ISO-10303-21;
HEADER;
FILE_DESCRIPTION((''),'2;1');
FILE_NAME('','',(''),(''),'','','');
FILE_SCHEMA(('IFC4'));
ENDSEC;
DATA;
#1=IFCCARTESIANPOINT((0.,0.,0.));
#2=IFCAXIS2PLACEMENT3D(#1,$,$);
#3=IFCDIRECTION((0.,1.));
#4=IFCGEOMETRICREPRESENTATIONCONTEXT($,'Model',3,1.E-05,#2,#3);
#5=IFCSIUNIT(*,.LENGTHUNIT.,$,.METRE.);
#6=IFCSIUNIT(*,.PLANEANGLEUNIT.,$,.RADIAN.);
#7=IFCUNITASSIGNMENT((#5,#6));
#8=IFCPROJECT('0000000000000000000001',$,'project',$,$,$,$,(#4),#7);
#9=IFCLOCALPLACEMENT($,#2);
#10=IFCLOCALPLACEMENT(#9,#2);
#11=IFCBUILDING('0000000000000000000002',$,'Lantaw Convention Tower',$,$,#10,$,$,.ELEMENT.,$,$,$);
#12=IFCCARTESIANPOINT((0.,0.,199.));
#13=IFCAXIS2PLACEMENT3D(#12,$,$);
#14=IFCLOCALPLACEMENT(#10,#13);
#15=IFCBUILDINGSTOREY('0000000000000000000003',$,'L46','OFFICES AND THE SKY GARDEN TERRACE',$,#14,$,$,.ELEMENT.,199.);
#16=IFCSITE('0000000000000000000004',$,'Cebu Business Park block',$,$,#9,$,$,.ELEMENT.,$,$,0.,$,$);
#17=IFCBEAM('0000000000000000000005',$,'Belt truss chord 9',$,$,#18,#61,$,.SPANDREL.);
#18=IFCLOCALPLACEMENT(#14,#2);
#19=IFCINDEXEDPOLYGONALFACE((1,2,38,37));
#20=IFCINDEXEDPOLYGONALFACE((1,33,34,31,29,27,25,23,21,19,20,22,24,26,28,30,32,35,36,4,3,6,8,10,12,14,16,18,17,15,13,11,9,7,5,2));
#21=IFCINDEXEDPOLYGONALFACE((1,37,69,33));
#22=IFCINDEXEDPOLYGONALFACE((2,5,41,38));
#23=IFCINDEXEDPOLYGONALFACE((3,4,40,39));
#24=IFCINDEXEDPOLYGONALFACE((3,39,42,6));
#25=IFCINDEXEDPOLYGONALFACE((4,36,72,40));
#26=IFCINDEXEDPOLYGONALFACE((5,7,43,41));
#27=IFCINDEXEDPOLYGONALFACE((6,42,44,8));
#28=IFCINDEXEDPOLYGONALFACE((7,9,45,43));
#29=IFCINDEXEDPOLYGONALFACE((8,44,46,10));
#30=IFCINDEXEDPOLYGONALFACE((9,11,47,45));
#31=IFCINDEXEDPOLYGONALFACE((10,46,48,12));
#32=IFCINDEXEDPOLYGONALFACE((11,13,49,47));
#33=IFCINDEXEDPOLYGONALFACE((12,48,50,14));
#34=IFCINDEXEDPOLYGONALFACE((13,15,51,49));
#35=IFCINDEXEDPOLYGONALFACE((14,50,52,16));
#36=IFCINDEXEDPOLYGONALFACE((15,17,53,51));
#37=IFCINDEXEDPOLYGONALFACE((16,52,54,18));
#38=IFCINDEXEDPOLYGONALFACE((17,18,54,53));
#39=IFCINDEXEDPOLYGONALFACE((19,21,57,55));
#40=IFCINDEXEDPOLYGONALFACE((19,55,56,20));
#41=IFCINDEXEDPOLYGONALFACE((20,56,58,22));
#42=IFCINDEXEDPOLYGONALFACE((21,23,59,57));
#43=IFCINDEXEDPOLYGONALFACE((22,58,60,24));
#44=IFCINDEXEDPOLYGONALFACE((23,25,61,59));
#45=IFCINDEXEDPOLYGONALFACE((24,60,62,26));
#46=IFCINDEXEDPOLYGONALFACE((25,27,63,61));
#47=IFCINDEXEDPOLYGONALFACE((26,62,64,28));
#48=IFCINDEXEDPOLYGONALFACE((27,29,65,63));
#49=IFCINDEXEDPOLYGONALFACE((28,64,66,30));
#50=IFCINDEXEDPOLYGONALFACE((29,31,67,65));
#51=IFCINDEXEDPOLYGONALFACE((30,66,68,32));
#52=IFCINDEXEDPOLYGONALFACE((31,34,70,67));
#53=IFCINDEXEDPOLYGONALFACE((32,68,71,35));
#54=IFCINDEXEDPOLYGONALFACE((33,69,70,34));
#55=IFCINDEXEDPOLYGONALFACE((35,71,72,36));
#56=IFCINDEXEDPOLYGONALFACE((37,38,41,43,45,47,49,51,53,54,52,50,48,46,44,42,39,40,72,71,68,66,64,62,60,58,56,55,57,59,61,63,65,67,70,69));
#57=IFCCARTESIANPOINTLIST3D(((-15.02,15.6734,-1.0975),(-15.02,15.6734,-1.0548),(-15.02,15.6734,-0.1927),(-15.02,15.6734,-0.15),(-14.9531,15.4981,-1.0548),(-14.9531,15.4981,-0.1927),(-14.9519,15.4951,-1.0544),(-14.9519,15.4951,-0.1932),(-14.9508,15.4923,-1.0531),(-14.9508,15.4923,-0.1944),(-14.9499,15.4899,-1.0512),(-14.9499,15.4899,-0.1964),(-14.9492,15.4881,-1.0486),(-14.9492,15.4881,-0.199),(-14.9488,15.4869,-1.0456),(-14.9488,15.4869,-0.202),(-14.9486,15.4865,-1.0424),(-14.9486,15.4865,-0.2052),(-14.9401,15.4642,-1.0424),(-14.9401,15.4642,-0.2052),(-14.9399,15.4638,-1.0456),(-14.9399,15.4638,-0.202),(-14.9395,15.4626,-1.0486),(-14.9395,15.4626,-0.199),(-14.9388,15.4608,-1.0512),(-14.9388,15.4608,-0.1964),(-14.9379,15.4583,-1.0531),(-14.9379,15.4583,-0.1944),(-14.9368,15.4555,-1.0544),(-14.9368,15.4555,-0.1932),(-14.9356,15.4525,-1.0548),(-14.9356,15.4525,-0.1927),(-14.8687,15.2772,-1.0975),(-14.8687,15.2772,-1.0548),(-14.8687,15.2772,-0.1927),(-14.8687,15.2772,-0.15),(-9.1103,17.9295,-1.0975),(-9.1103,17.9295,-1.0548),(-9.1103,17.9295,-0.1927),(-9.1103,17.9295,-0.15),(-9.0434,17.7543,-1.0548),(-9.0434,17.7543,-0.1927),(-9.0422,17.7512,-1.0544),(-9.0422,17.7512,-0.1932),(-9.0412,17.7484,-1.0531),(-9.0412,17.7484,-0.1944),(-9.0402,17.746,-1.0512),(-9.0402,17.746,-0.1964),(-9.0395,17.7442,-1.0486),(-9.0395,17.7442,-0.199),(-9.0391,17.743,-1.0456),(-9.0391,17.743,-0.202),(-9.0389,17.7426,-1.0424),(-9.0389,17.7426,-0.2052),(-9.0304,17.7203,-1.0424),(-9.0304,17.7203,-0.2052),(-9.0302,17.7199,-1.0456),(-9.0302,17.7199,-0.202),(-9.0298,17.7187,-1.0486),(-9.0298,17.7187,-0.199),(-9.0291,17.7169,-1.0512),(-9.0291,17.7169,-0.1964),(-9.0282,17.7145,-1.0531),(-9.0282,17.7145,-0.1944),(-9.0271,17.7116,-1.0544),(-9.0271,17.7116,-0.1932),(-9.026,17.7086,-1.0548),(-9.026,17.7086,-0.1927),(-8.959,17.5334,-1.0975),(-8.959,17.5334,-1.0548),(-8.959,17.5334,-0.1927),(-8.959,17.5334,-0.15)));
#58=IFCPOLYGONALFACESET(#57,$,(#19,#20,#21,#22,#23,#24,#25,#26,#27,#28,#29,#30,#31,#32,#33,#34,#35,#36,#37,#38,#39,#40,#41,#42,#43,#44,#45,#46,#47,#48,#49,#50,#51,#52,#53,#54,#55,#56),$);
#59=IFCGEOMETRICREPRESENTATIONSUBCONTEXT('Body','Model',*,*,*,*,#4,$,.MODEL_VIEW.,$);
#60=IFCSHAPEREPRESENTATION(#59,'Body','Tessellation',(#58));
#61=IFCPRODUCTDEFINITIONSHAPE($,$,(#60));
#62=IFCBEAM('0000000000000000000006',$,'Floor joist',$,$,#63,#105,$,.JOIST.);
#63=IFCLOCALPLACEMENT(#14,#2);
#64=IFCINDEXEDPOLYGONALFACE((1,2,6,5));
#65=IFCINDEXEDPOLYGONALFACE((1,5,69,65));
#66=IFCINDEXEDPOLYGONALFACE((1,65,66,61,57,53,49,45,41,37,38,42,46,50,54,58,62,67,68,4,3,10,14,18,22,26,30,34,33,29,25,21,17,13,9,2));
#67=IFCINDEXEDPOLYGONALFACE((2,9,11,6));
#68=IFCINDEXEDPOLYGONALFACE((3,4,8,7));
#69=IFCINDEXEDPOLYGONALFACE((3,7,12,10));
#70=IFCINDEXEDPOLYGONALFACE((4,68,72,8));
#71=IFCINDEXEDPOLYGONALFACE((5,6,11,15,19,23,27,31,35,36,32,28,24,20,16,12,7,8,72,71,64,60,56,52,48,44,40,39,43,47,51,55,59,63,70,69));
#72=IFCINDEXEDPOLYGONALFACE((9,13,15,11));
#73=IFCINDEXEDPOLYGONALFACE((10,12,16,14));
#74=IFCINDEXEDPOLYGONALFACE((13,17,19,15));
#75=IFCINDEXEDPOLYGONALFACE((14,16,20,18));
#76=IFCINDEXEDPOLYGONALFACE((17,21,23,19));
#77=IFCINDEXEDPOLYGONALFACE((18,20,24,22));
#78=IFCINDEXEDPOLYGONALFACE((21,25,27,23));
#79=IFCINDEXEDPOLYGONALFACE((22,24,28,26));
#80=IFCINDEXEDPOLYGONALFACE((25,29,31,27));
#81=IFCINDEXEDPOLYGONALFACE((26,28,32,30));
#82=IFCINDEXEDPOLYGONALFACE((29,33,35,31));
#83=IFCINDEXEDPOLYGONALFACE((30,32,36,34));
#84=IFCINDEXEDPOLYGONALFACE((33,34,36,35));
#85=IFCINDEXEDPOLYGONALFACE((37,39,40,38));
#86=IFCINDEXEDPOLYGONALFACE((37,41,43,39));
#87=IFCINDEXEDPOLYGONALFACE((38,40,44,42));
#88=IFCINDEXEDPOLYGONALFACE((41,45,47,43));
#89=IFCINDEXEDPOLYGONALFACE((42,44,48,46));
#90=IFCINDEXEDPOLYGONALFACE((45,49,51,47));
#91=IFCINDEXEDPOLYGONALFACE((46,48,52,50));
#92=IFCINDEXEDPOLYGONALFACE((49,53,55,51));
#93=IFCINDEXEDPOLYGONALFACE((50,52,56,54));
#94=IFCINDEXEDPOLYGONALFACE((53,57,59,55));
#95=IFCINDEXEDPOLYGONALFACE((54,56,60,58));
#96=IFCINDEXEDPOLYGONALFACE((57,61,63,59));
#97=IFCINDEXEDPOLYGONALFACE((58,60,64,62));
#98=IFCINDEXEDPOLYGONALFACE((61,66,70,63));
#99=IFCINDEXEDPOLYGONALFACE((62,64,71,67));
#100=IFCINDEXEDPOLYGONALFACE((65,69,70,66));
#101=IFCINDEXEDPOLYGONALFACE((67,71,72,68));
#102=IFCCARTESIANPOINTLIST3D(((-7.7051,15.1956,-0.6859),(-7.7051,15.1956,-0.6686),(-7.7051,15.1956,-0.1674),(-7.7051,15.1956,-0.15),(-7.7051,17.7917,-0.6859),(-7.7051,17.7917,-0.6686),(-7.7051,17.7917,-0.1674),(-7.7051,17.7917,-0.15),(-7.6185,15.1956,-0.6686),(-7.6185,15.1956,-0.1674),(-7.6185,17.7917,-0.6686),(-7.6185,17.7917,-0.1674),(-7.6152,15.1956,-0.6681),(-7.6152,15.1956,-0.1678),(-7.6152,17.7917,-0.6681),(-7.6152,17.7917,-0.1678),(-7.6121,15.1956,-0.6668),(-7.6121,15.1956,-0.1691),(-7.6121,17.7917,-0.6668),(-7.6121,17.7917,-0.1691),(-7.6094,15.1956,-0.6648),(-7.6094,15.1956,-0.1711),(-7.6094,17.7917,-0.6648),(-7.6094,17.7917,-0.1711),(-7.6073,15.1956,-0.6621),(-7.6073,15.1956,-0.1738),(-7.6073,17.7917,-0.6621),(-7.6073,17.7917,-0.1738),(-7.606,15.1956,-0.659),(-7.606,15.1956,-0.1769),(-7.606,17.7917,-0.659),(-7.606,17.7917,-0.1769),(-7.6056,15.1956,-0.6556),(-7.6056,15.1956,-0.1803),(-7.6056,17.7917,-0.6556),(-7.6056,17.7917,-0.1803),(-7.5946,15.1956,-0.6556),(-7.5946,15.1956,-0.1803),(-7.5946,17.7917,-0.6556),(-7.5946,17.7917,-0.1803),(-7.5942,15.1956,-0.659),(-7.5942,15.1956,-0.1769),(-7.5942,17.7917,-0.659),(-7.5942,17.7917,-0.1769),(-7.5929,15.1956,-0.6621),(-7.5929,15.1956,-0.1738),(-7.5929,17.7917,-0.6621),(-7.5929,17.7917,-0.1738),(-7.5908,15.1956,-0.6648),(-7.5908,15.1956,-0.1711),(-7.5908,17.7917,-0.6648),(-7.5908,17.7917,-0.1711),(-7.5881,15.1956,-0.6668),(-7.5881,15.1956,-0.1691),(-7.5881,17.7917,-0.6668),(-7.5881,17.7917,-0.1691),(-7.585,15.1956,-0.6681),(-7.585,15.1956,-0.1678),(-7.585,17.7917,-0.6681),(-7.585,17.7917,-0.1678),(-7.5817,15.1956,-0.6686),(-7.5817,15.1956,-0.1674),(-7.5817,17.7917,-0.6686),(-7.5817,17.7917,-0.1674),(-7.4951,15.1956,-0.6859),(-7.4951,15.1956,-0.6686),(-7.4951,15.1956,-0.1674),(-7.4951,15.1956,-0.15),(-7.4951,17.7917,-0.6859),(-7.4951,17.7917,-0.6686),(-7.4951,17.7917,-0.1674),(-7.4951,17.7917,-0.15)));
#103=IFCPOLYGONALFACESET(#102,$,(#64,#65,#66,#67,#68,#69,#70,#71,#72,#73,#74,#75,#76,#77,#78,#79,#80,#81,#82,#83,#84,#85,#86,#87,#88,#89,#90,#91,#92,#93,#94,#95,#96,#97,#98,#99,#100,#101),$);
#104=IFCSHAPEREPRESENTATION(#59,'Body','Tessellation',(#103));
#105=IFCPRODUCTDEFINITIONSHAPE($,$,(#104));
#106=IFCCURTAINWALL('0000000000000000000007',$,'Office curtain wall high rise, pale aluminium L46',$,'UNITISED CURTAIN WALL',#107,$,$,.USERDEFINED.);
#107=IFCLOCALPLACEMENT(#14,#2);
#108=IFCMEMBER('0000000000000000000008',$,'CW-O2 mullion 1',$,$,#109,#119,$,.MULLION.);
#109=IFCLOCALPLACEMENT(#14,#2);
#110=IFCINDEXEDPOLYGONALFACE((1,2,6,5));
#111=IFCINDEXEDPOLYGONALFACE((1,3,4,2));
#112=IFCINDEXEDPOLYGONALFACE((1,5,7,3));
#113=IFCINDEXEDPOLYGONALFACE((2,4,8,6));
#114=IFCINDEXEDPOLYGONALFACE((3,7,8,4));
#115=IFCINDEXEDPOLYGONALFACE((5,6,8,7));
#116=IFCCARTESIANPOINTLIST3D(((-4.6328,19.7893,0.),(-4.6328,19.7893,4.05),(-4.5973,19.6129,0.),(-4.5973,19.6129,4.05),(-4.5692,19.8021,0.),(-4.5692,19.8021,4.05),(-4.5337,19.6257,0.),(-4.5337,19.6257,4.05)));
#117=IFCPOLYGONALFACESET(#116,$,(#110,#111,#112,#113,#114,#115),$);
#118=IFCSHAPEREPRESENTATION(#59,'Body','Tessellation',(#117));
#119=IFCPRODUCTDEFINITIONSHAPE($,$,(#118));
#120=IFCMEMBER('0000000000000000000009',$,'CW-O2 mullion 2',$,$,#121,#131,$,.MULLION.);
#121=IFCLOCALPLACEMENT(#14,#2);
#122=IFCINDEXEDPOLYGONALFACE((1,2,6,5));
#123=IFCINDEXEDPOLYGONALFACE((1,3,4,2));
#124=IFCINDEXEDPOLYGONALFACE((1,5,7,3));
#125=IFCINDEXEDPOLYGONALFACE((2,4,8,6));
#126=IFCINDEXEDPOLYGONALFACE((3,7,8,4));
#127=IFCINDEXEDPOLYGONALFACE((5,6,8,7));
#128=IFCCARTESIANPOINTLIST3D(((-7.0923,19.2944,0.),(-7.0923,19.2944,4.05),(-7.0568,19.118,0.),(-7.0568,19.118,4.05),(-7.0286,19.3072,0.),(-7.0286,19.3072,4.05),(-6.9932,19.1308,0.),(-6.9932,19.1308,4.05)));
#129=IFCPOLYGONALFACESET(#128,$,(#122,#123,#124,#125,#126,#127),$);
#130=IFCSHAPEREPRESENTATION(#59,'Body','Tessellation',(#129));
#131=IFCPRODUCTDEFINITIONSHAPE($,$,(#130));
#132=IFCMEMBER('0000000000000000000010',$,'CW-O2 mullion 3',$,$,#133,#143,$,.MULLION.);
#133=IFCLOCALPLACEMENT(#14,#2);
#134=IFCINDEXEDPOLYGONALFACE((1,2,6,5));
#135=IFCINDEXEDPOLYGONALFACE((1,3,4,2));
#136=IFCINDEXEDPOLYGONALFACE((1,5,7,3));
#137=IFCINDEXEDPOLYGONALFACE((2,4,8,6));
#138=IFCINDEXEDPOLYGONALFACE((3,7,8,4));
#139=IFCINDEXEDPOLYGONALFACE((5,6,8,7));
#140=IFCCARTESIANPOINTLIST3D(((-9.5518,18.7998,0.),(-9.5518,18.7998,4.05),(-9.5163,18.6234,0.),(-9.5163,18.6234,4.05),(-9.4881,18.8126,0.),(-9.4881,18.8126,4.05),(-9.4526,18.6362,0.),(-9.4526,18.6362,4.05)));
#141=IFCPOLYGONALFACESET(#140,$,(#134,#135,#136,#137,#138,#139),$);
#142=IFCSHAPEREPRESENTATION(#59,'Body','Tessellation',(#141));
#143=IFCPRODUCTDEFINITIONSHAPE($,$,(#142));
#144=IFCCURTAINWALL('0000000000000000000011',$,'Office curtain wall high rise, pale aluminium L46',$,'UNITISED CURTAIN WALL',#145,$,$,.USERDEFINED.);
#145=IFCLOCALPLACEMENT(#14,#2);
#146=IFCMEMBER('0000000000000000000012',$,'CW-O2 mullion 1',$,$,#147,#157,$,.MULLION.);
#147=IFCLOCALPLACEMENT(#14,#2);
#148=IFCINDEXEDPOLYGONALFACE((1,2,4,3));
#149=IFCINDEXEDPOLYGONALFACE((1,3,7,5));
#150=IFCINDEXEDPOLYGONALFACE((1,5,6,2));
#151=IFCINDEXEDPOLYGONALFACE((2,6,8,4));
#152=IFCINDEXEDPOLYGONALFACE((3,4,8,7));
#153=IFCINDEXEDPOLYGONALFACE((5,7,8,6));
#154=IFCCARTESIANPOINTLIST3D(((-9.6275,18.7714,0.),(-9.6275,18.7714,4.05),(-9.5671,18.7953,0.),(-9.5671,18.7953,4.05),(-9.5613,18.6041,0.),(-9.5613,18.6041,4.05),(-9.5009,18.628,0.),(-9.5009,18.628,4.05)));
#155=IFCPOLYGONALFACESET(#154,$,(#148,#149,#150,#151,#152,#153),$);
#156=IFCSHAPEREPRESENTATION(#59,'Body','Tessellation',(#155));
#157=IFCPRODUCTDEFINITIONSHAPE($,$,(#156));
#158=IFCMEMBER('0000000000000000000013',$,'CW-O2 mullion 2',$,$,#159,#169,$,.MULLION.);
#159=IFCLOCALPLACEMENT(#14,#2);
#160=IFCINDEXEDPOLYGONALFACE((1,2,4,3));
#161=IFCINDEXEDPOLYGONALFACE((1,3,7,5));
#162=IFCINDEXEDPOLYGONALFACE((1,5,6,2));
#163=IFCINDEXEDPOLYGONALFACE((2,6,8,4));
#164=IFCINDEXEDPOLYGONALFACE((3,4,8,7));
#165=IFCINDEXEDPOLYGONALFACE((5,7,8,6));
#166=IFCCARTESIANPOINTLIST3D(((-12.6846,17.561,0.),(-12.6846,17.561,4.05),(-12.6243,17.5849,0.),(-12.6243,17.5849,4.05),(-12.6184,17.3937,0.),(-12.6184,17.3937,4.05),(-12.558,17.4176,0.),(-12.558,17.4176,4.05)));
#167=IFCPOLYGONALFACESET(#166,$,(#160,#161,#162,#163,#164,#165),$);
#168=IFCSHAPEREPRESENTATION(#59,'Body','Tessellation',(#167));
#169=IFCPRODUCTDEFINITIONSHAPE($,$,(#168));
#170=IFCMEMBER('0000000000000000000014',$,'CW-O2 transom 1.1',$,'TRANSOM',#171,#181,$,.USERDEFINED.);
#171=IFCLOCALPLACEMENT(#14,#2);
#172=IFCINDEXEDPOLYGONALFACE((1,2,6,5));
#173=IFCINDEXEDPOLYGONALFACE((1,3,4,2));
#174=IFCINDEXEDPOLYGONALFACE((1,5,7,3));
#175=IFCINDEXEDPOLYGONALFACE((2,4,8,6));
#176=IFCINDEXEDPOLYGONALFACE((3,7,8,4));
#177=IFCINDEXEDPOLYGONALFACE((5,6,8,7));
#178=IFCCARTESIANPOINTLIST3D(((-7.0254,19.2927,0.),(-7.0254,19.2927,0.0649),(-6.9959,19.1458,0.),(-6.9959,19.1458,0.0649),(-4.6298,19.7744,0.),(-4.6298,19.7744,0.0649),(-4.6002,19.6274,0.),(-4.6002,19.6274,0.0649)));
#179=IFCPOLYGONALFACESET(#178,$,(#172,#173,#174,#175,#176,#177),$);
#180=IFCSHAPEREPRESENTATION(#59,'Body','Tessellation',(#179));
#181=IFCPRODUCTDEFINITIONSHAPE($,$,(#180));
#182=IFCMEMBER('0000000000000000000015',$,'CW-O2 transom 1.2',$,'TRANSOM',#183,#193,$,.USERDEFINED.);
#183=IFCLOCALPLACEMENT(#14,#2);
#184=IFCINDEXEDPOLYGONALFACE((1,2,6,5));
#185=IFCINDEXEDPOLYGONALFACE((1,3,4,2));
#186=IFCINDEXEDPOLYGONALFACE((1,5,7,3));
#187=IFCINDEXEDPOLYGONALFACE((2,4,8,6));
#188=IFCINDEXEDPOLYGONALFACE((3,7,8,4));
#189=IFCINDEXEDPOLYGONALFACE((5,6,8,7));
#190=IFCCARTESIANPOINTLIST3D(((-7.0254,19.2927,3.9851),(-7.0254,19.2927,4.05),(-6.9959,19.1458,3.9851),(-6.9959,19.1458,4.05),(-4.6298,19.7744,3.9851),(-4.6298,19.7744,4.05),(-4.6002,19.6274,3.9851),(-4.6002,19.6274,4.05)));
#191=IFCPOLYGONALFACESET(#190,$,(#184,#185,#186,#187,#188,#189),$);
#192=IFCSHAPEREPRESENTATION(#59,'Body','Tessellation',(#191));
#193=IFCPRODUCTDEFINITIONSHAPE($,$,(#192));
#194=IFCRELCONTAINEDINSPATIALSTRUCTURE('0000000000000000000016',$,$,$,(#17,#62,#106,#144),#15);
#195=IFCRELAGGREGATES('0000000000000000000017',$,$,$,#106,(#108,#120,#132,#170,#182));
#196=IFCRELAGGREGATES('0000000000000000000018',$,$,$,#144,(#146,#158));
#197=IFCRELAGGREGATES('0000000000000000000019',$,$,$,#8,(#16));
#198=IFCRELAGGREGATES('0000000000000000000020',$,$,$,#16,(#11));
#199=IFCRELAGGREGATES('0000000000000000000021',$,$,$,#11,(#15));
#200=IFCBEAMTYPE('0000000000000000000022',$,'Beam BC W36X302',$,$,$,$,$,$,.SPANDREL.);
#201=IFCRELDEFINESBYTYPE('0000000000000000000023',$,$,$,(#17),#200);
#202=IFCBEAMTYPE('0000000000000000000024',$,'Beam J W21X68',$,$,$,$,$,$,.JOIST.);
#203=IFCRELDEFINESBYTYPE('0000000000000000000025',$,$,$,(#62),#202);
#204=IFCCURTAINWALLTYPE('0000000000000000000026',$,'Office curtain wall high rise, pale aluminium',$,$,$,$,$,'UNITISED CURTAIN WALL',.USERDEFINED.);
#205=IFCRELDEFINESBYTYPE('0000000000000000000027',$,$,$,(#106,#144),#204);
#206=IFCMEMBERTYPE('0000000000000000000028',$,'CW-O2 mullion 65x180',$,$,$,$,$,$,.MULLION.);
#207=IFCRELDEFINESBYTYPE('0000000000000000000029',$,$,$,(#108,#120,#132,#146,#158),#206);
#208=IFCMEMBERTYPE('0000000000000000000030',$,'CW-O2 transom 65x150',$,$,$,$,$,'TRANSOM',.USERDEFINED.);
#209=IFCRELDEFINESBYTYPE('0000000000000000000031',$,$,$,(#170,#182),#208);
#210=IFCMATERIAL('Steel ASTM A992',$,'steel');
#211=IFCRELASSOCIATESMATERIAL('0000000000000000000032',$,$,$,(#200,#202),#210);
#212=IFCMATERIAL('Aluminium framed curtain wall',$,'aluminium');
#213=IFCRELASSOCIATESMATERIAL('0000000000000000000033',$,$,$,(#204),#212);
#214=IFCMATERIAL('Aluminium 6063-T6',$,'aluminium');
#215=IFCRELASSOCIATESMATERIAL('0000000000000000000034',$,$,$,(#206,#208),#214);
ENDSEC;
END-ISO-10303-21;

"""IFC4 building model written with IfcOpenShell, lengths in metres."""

from ifc_helpers import new_model, si_unit, direction, frame, origin, origin_2d, place, context, subcontext, project, spatial, rectangle, i_section, extrude, material, material_profile, profile_set, type_object, element, aggregate, save


model = new_model("IFC4")

# Units and contexts
model_context = context("Model", 3, precision=1e-05, world=origin(), true_north=direction((0.0, 1.0)))
body_context = subcontext(model_context, "Body", "Model", "MODEL_VIEW")
ifc_project = project(units=[si_unit("LENGTHUNIT", "METRE"), si_unit("PLANEANGLEUNIT", "RADIAN")], contexts=[model_context])

# Site, building, storey
site_placement = place(None, origin())
site = spatial("IfcSite", under=ifc_project, at=site_placement, Name="Cebu Business Park block", CompositionType="ELEMENT", RefElevation=0.0)
building_placement = place(site_placement, origin())
building = spatial("IfcBuilding", under=site, at=building_placement, Name="Lantaw Convention Tower", CompositionType="ELEMENT")
storey_placement = place(building_placement, frame((0.0, 0.0, 199.0)))
storey = spatial("IfcBuildingStorey", under=building, at=storey_placement, Name="L46", Description="OFFICES AND THE SKY GARDEN TERRACE", CompositionType="ELEMENT", Elevation=199.0)

# Beams
ifc_material_1 = material(Name="Steel ASTM A992", Category="steel")
ifc_material_profile_1 = material_profile(ifc_material_1, i_section(OverallWidth=0.4241, OverallDepth=0.9475, WebThickness=0.0239, FlangeThickness=0.0427, FilletRadius=0.0125, at=origin_2d()), Name="W36X302")
ifc_profile_set_1 = profile_set([ifc_material_profile_1], Name="Steel ASTM A992")
beam_type_1 = type_object("IfcBeamType", Name="Beam BC W36X302", PredefinedType="SPANDREL", material=ifc_profile_set_1)
beam_1_placement = place(storey_placement, frame((-9.0347, 17.7314, -0.6238), z_axis=(-0.934235, -0.356658, 0.0), x_axis=(0.356658, -0.934235, 0.0)))
element("IfcBeam", 1, at=beam_1_placement, inside=storey, type_object=beam_type_1, Name="Belt truss chord 9", PredefinedType="SPANDREL", context=body_context, shape_type="SweptSolid", body=[
    extrude(i_section(OverallWidth=0.4241, OverallDepth=0.9475, WebThickness=0.0239, FlangeThickness=0.0427, FilletRadius=0.0125, at=origin_2d()), origin(), (0.0, 0.0, 1.0), 6.3257),
])
ifc_material_profile_2 = material_profile(ifc_material_1, i_section(OverallWidth=0.21, OverallDepth=0.5359, WebThickness=0.011, FlangeThickness=0.0173, FilletRadius=0.0129, at=origin_2d()), Name="W21X68")
ifc_profile_set_2 = profile_set([ifc_material_profile_2], Name="Steel ASTM A992")
beam_type_2 = type_object("IfcBeamType", Name="Beam J W21X68", PredefinedType="JOIST", material=ifc_profile_set_2)
beam_2_placement = place(storey_placement, frame((-7.6001, 15.1956, -0.418), z_axis=(0.0, 1.0, 0.0), x_axis=(-1.0, 0.0, 0.0)))
element("IfcBeam", 2, at=beam_2_placement, inside=storey, type_object=beam_type_2, Name="Floor joist", PredefinedType="JOIST", context=body_context, shape_type="SweptSolid", body=[
    extrude(i_section(OverallWidth=0.21, OverallDepth=0.5359, WebThickness=0.011, FlangeThickness=0.0173, FilletRadius=0.0129, at=origin_2d()), origin(), (0.0, 0.0, 1.0), 2.5962),
])

# Curtain walls, members
ifc_material_2 = material(Name="Aluminium framed curtain wall", Category="aluminium")
curtain_wall_type = type_object("IfcCurtainWallType", Name="Office curtain wall high rise, pale aluminium", ElementType="UNITISED CURTAIN WALL", PredefinedType="USERDEFINED", material=ifc_material_2)
curtain_wall_1_placement = place(storey_placement, origin())
curtain_wall_1 = element("IfcCurtainWall", 3, at=curtain_wall_1_placement, inside=storey, type_object=curtain_wall_type, Name="Office curtain wall high rise, pale aluminium L46", ObjectType="UNITISED CURTAIN WALL", PredefinedType="USERDEFINED")
ifc_material_3 = material(Name="Aluminium 6063-T6", Category="aluminium")
ifc_material_profile_3 = material_profile(ifc_material_3, rectangle(XDim=0.1799, YDim=0.0649, at=origin_2d()), Name="CW-O2 mullion 65x180")
ifc_profile_set_3 = profile_set([ifc_material_profile_3], Name="Aluminium 6063-T6")
member_type_1 = type_object("IfcMemberType", Name="CW-O2 mullion 65x180", PredefinedType="MULLION", material=ifc_profile_set_3)
member_1_placement = place(storey_placement, frame((-4.5833, 19.7075, 0.0), z_axis=(0.0, 0.0, 1.0), x_axis=(0.197183, -0.980367, 0.0)))
member_1 = element("IfcMember", 4, at=member_1_placement, type_object=member_type_1, Name="CW-O2 mullion 1", PredefinedType="MULLION", context=body_context, shape_type="SweptSolid", body=[
    extrude(rectangle(XDim=0.1799, YDim=0.0649, at=origin_2d()), origin(), (0.0, 0.0, 1.0), 4.05),
])
member_2_placement = place(storey_placement, frame((-7.0427, 19.2126, 0.0), z_axis=(0.0, 0.0, 1.0), x_axis=(0.197183, -0.980367, 0.0)))
member_2 = element("IfcMember", 5, at=member_2_placement, type_object=member_type_1, Name="CW-O2 mullion 2", PredefinedType="MULLION", context=body_context, shape_type="SweptSolid", body=[
    extrude(rectangle(XDim=0.1799, YDim=0.0649, at=origin_2d()), origin(), (0.0, 0.0, 1.0), 4.05),
])
member_3_placement = place(storey_placement, frame((-9.5022, 18.718, 0.0), z_axis=(0.0, 0.0, 1.0), x_axis=(0.197183, -0.980367, 0.0)))
member_3 = element("IfcMember", 6, at=member_3_placement, type_object=member_type_1, Name="CW-O2 mullion 3", PredefinedType="MULLION", context=body_context, shape_type="SweptSolid", body=[
    extrude(rectangle(XDim=0.1799, YDim=0.0649, at=origin_2d()), origin(), (0.0, 0.0, 1.0), 4.05),
])
curtain_wall_2_placement = place(storey_placement, origin())
curtain_wall_2 = element("IfcCurtainWall", 7, at=curtain_wall_2_placement, inside=storey, type_object=curtain_wall_type, Name="Office curtain wall high rise, pale aluminium L46", ObjectType="UNITISED CURTAIN WALL", PredefinedType="USERDEFINED")
member_4_placement = place(storey_placement, frame((-9.5642, 18.6997, 0.0), z_axis=(0.0, 0.0, 1.0), x_axis=(0.368162, -0.929762, 0.0)))
member_4 = element("IfcMember", 8, at=member_4_placement, type_object=member_type_1, Name="CW-O2 mullion 1", PredefinedType="MULLION", context=body_context, shape_type="SweptSolid", body=[
    extrude(rectangle(XDim=0.1799, YDim=0.0649, at=origin_2d()), origin(), (0.0, 0.0, 1.0), 4.05),
])
member_5_placement = place(storey_placement, frame((-12.6213, 17.4893, 0.0), z_axis=(0.0, 0.0, 1.0), x_axis=(0.368162, -0.929762, 0.0)))
member_5 = element("IfcMember", 9, at=member_5_placement, type_object=member_type_1, Name="CW-O2 mullion 2", PredefinedType="MULLION", context=body_context, shape_type="SweptSolid", body=[
    extrude(rectangle(XDim=0.1799, YDim=0.0649, at=origin_2d()), origin(), (0.0, 0.0, 1.0), 4.05),
])

# Members
ifc_material_profile_4 = material_profile(ifc_material_3, rectangle(XDim=0.1499, YDim=0.0649, at=origin_2d()), Name="CW-O2 transom 65x150")
ifc_profile_set_4 = profile_set([ifc_material_profile_4], Name="Aluminium 6063-T6")
member_type_2 = type_object("IfcMemberType", Name="CW-O2 transom 65x150", ElementType="TRANSOM", PredefinedType="USERDEFINED", material=ifc_profile_set_4)
member_6_placement = place(storey_placement, frame((-4.615, 19.7009, 0.0325), z_axis=(-0.98038, -0.197115, 0.0), x_axis=(0.197115, -0.98038, 0.0)))
member_6 = element("IfcMember", 10, at=member_6_placement, type_object=member_type_2, Name="CW-O2 transom 1.1", ObjectType="TRANSOM", PredefinedType="USERDEFINED", context=body_context, shape_type="SweptSolid", body=[
    extrude(rectangle(XDim=0.1499, YDim=0.0649, at=origin_2d()), origin(), (0.0, 0.0, 1.0), 2.4436),
])
member_7_placement = place(storey_placement, frame((-4.615, 19.7009, 4.0176), z_axis=(-0.98038, -0.197115, 0.0), x_axis=(0.197115, -0.98038, 0.0)))
member_7 = element("IfcMember", 11, at=member_7_placement, type_object=member_type_2, Name="CW-O2 transom 1.2", ObjectType="TRANSOM", PredefinedType="USERDEFINED", context=body_context, shape_type="SweptSolid", body=[
    extrude(rectangle(XDim=0.1499, YDim=0.0649, at=origin_2d()), origin(), (0.0, 0.0, 1.0), 2.4436),
])

aggregate(curtain_wall_1, [member_1, member_2, member_3, member_6, member_7])
aggregate(curtain_wall_2, [member_4, member_5])

save(model, "model.ifc")
